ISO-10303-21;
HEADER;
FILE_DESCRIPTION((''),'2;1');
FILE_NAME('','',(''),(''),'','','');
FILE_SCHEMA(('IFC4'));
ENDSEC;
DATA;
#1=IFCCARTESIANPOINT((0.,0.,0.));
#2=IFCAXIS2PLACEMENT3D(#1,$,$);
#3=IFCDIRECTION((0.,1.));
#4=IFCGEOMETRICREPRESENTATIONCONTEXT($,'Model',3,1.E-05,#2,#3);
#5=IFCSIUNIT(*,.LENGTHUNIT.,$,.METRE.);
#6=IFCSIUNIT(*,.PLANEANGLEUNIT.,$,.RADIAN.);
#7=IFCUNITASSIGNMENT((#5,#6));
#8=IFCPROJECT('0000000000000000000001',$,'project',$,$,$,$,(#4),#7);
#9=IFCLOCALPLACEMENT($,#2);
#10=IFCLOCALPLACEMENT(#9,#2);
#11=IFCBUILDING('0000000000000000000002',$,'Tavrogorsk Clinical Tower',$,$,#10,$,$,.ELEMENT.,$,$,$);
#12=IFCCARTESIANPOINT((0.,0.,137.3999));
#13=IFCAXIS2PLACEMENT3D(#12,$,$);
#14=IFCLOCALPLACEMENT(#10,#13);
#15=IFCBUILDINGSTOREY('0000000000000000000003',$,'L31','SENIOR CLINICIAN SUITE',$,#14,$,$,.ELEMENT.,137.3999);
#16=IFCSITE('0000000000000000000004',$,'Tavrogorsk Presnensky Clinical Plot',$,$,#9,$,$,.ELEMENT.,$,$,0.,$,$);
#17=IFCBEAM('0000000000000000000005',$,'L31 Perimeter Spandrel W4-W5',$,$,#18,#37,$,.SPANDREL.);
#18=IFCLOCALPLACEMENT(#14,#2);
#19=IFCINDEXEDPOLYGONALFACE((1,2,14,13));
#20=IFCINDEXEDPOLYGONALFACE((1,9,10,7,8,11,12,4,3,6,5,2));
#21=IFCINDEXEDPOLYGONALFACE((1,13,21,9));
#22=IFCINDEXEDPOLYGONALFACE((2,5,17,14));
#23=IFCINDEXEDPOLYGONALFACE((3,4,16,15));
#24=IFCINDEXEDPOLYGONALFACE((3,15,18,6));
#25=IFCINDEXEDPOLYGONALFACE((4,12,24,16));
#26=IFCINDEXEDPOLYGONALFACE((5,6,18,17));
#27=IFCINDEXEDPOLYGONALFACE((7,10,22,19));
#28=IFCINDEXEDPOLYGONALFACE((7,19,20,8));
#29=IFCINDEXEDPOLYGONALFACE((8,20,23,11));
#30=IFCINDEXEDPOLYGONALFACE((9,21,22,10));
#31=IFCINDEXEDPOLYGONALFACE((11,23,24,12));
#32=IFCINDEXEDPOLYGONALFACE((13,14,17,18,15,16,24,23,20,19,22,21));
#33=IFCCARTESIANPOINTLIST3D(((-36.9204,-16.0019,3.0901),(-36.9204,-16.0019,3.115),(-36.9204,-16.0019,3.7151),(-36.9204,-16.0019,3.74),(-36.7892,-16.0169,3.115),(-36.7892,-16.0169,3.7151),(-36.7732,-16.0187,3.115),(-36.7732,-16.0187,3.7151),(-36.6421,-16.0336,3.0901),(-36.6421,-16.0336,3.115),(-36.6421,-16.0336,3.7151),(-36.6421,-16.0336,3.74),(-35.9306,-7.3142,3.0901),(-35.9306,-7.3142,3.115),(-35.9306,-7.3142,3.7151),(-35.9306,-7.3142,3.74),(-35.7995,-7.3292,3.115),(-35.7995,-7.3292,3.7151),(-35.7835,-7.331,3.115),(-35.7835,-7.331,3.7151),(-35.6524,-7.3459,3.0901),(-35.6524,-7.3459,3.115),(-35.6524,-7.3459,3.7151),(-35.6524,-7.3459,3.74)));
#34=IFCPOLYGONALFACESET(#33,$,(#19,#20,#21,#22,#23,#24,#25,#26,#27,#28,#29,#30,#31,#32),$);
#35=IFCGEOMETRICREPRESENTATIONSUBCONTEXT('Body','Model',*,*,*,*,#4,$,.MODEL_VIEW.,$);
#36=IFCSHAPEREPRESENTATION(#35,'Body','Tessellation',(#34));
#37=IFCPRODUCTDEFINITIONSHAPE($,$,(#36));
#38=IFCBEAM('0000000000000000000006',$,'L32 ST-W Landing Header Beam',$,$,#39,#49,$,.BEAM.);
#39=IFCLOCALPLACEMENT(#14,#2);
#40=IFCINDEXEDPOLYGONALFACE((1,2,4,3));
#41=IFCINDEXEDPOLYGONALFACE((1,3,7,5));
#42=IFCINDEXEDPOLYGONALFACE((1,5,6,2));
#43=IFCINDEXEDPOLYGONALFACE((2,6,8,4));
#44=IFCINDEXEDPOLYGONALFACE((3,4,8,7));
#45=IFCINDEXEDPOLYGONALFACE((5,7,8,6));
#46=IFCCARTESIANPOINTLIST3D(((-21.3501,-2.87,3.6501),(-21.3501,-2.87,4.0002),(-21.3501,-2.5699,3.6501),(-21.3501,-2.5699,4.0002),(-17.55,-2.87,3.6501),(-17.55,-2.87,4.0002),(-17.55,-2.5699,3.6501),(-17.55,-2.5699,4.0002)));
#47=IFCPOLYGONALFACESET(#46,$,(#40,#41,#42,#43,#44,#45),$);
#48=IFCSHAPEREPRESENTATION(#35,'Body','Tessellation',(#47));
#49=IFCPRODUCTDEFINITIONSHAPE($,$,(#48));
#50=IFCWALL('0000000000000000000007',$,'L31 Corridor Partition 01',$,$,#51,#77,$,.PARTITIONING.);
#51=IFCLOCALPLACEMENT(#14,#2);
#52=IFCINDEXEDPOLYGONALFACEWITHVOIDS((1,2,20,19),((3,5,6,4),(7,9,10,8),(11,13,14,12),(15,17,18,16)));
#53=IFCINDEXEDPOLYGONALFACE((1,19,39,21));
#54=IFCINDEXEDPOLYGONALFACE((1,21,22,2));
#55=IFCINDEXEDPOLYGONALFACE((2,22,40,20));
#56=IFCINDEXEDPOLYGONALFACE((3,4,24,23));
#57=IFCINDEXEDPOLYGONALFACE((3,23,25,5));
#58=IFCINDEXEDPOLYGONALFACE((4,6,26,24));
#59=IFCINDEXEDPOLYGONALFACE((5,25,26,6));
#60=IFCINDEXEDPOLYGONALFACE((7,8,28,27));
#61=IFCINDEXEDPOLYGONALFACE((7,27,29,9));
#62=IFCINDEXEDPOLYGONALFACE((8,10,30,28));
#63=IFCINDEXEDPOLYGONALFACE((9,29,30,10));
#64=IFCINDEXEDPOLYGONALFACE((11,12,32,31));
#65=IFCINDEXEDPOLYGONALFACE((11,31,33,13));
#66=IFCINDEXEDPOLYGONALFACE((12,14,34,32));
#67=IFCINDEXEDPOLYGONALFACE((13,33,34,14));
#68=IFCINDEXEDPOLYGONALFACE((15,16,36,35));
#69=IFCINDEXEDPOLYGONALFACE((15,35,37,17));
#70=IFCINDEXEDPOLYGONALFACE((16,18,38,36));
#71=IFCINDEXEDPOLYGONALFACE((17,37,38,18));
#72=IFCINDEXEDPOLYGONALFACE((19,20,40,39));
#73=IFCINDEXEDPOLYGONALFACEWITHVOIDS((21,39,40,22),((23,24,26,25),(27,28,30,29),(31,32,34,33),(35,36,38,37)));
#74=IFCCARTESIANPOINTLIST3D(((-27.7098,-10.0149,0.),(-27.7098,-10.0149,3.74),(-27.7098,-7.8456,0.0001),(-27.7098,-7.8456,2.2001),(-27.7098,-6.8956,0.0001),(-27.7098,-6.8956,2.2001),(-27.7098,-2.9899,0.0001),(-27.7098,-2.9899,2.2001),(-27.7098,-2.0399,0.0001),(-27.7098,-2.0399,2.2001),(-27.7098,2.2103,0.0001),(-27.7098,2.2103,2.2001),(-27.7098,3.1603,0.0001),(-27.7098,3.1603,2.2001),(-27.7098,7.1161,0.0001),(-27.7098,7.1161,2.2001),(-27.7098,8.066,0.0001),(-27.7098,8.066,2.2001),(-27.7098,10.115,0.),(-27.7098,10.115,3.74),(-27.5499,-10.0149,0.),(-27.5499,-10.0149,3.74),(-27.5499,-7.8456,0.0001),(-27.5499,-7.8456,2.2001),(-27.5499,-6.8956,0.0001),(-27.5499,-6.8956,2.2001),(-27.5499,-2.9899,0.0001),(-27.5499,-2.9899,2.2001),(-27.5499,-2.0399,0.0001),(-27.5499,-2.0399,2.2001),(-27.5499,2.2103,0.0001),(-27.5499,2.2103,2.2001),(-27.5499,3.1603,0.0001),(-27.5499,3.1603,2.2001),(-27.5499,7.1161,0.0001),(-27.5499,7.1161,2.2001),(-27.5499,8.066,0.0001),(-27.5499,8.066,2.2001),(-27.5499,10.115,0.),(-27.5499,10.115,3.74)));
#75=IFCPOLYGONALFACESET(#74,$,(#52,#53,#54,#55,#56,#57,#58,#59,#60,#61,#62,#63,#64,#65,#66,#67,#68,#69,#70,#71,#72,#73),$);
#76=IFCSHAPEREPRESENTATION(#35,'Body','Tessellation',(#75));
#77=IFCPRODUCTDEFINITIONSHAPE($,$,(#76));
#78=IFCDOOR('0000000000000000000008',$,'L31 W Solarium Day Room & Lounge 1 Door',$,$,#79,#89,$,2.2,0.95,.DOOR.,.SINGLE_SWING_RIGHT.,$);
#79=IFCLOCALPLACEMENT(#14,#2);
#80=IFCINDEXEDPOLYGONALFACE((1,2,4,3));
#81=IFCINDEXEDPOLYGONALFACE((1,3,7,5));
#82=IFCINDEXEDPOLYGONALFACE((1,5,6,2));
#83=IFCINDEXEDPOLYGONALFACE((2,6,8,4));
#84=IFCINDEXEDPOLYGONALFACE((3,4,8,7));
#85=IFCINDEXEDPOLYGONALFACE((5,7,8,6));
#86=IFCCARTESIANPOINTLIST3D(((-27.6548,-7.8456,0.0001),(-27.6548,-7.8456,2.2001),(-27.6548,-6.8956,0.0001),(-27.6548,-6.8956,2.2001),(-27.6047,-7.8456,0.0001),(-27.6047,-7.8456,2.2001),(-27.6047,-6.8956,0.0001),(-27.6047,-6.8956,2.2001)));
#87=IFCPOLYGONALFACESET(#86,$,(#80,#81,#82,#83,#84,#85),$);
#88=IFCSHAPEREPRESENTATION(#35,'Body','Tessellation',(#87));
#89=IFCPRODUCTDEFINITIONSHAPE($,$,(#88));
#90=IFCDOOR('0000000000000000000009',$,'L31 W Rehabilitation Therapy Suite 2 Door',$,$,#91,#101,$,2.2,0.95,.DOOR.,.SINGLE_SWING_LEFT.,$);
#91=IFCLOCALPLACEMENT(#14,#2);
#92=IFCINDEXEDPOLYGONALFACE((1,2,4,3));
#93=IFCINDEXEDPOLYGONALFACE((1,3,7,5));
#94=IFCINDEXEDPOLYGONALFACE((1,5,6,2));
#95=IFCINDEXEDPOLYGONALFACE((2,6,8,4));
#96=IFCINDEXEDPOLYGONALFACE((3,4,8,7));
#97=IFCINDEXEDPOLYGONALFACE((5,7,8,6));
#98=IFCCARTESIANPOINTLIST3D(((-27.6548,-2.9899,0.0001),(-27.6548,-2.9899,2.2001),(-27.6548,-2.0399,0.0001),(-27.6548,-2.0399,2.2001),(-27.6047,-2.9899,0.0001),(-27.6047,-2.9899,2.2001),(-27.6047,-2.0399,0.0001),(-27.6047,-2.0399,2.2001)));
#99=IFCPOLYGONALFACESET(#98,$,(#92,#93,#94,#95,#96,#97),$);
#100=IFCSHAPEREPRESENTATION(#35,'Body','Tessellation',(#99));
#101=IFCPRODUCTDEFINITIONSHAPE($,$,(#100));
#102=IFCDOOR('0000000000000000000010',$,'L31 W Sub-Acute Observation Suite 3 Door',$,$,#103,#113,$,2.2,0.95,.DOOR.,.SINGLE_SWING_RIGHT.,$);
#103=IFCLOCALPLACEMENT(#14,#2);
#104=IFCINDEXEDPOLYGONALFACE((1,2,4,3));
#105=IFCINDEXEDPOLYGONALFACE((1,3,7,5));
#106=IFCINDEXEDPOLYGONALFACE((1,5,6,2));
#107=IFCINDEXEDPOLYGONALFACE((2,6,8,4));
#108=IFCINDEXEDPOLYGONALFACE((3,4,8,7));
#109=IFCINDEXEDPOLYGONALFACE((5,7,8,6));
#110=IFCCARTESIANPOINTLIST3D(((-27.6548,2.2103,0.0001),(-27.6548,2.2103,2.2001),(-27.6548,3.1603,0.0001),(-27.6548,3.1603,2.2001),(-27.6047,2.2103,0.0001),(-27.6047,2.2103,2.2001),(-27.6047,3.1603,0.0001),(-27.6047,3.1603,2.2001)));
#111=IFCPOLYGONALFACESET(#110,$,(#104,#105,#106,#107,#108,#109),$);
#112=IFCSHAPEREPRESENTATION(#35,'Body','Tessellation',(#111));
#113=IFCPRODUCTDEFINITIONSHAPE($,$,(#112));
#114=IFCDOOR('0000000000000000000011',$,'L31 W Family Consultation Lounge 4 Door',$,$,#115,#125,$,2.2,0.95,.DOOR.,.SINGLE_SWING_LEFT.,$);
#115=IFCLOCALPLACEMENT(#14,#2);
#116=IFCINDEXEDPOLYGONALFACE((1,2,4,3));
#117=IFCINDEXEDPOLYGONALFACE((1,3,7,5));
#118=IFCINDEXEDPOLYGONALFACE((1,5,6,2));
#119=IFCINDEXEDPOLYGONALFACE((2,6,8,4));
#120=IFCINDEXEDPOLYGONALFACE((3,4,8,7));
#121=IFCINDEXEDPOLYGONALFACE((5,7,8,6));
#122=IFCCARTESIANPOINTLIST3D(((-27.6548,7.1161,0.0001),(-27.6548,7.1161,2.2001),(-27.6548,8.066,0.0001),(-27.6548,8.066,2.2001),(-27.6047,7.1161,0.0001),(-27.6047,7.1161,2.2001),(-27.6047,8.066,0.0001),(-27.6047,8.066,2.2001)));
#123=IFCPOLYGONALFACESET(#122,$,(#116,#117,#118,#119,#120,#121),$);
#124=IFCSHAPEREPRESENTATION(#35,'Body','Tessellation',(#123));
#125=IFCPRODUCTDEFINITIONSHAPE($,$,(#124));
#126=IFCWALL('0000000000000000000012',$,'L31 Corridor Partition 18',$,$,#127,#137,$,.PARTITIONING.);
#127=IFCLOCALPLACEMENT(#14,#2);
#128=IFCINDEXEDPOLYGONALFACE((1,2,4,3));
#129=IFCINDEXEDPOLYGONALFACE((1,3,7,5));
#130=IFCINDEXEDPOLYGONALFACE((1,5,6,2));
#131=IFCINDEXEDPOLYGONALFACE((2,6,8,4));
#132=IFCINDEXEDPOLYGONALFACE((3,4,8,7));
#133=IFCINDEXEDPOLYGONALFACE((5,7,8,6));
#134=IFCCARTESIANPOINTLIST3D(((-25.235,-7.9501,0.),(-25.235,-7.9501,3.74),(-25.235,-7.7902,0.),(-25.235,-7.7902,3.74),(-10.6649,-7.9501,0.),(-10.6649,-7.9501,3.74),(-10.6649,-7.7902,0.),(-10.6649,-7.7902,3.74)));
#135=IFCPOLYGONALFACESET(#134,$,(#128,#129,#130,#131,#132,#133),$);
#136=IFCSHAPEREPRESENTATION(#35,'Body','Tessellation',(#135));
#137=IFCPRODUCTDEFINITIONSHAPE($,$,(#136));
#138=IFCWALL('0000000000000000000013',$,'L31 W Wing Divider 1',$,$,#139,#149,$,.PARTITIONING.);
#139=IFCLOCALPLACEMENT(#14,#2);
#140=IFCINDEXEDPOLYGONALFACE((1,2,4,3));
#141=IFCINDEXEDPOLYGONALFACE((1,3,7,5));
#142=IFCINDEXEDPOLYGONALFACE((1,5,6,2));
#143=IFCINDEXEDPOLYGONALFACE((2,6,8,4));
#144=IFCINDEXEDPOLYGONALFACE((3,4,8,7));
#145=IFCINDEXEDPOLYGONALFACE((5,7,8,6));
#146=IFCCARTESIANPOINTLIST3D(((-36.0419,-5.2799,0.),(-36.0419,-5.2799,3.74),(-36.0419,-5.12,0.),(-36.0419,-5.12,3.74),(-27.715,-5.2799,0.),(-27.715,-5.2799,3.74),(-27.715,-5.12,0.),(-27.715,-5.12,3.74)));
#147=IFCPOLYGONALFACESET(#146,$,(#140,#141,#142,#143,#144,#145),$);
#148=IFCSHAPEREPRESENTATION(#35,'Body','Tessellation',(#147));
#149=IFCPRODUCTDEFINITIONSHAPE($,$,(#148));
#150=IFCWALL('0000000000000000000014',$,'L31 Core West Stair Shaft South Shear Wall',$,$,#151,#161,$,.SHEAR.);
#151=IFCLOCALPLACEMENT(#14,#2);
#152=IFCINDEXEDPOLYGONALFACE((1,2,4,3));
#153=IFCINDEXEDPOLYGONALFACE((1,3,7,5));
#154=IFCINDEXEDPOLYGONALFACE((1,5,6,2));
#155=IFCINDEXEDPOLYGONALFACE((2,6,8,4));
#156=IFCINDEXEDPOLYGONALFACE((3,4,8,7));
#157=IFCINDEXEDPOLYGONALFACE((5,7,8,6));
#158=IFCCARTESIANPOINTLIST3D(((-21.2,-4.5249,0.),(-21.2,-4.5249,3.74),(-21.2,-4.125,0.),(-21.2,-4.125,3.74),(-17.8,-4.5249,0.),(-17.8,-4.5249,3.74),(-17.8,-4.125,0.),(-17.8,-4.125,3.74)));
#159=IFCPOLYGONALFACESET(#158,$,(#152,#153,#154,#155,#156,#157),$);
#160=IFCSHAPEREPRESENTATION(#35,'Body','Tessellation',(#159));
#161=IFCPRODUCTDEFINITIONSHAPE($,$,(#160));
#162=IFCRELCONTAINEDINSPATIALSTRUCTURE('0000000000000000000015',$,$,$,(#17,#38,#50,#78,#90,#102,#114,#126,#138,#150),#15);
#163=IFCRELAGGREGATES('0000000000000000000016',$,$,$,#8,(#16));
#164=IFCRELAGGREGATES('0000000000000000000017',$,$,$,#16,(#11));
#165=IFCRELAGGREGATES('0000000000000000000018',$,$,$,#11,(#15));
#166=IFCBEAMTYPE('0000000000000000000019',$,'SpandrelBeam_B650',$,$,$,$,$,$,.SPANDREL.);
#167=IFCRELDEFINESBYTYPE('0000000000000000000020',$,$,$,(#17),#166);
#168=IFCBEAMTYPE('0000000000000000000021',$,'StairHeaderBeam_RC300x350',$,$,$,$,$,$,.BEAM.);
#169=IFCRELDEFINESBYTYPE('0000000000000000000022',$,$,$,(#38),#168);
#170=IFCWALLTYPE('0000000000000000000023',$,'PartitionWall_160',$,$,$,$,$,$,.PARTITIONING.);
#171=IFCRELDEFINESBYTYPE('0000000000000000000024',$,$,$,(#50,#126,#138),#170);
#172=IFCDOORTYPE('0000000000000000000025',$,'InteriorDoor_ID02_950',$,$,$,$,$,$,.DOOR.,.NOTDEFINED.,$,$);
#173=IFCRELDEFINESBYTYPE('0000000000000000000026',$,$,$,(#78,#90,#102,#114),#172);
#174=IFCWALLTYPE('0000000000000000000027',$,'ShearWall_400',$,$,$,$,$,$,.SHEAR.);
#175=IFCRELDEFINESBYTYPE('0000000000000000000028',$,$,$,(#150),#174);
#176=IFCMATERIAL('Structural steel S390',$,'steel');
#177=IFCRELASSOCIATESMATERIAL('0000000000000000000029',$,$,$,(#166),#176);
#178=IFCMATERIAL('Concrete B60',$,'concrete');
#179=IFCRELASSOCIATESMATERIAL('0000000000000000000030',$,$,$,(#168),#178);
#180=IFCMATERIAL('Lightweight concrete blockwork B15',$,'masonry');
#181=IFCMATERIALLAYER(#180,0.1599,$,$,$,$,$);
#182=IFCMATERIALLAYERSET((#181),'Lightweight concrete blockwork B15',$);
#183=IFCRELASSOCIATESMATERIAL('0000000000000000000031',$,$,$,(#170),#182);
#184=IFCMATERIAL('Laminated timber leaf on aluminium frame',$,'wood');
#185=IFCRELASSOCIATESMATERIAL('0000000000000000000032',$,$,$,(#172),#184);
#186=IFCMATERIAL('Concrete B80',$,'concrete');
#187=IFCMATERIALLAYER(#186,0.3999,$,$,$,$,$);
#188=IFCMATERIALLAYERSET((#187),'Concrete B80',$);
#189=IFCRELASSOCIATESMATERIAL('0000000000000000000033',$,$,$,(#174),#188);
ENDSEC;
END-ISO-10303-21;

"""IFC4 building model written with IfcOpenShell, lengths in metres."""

from ifc_helpers import new_model, si_unit, direction, frame, frame_2d, origin, origin_2d, place, context, subcontext, project, spatial, rectangle, i_section, extrude, material, layer, layer_set, material_profile, profile_set, type_object, element, fill, save


model = new_model("IFC4")

# Units and contexts
model_context = context("Model", 3, precision=1e-05, world=origin(), true_north=direction((0.0, 1.0)))
body_context = subcontext(model_context, "Body", "Model", "MODEL_VIEW")
ifc_project = project(units=[si_unit("LENGTHUNIT", "METRE"), si_unit("PLANEANGLEUNIT", "RADIAN")], contexts=[model_context])

# Site, building, storey
site_placement = place(None, origin())
site = spatial("IfcSite", under=ifc_project, at=site_placement, Name="Tavrogorsk Presnensky Clinical Plot", CompositionType="ELEMENT", RefElevation=0.0)
building_placement = place(site_placement, origin())
building = spatial("IfcBuilding", under=site, at=building_placement, Name="Tavrogorsk Clinical Tower", CompositionType="ELEMENT")
storey_placement = place(building_placement, frame((0.0, 0.0, 137.3999)))
storey = spatial("IfcBuildingStorey", under=building, at=storey_placement, Name="L31", Description="SENIOR CLINICIAN SUITE", CompositionType="ELEMENT", Elevation=137.3999)

# Beams
ifc_material_1 = material(Name="Structural steel S390", Category="steel")
ifc_material_profile_1 = material_profile(ifc_material_1, i_section(OverallWidth=0.28, OverallDepth=0.6499, WebThickness=0.0161, FlangeThickness=0.0249, at=origin_2d()), Name="B-650x280x16x25")
ifc_profile_set_1 = profile_set([ifc_material_profile_1], Name="Structural steel S390")
beam_type_1 = type_object("IfcBeamType", Name="SpandrelBeam_B650", PredefinedType="SPANDREL", material=ifc_profile_set_1)
beam_1_placement = place(storey_placement, frame((-35.7915, -7.3301, 3.415), z_axis=(-0.113192, -0.993573, 0.0), x_axis=(0.993573, -0.113192, 0.0)))
element("IfcBeam", 1, at=beam_1_placement, inside=storey, type_object=beam_type_1, Name="L31 Perimeter Spandrel W4-W5", PredefinedType="SPANDREL", context=body_context, shape_type="SweptSolid", body=[
    extrude(i_section(OverallWidth=0.28, OverallDepth=0.6499, WebThickness=0.0161, FlangeThickness=0.0249, at=origin_2d()), origin(), (0.0, 0.0, 1.0), 8.7439),
])
ifc_material_2 = material(Name="Concrete B60", Category="concrete")
ifc_material_profile_2 = material_profile(ifc_material_2, rectangle(XDim=0.3, YDim=0.3501, at=origin_2d()), Name="RC-SHB-300x350")
ifc_profile_set_2 = profile_set([ifc_material_profile_2], Name="Concrete B60")
beam_type_2 = type_object("IfcBeamType", Name="StairHeaderBeam_RC300x350", PredefinedType="BEAM", material=ifc_profile_set_2)
beam_2_placement = place(storey_placement, frame((-21.3501, -2.72, 3.8252), z_axis=(1.0, 0.0, 0.0), x_axis=(0.0, 1.0, 0.0)))
element("IfcBeam", 2, at=beam_2_placement, inside=storey, type_object=beam_type_2, Name="L32 ST-W Landing Header Beam", PredefinedType="BEAM", context=body_context, shape_type="SweptSolid", body=[
    extrude(rectangle(XDim=0.3, YDim=0.3501, at=origin_2d()), origin(), (0.0, 0.0, 1.0), 3.8),
])

# Wall, openings, doors
ifc_material_3 = material(Name="Lightweight concrete blockwork B15", Category="masonry")
ifc_layer_1 = layer(ifc_material_3, 0.1599)
ifc_layer_set_1 = layer_set([ifc_layer_1], Name="Lightweight concrete blockwork B15")
wall_type_1 = type_object("IfcWallType", Name="PartitionWall_160", PredefinedType="PARTITIONING", material=ifc_layer_set_1)
wall_1_placement = place(storey_placement, frame((-27.6299, -10.0149, 0.0), z_axis=(0.0, 0.0, 1.0), x_axis=(0.0, 1.0, 0.0)))
wall_1 = element("IfcWall", 3, at=wall_1_placement, inside=storey, type_object=wall_type_1, Name="L31 Corridor Partition 01", PredefinedType="PARTITIONING", context=body_context, shape_type="SweptSolid", body=[
    extrude(rectangle(XDim=20.1299, YDim=0.1599, at=frame_2d((10.0649, 0.0))), origin(), (0.0, 0.0, 1.0), 3.74),
])
opening_1_placement = place(wall_1_placement, frame((2.1692, 0.0, 0.0)))
opening_1 = element("IfcOpeningElement", 4, at=opening_1_placement, cuts=wall_1, PredefinedType="OPENING", context=body_context, shape_type="SweptSolid", body=[
    extrude(rectangle(XDim=0.95, YDim=2.2, at=frame_2d((0.4751, 1.1001))), frame((0.0, 0.0898, 0.0), z_axis=(0.0, -1.0, 0.0), x_axis=(1.0, 0.0, 0.0)), (0.0, 0.0, 1.0), 0.1799),
])
opening_2_placement = place(wall_1_placement, frame((7.0249, 0.0, 0.0)))
opening_2 = element("IfcOpeningElement", 5, at=opening_2_placement, cuts=wall_1, PredefinedType="OPENING", context=body_context, shape_type="SweptSolid", body=[
    extrude(rectangle(XDim=0.95, YDim=2.2, at=frame_2d((0.4751, 1.1001))), frame((0.0, 0.0898, 0.0), z_axis=(0.0, -1.0, 0.0), x_axis=(1.0, 0.0, 0.0)), (0.0, 0.0, 1.0), 0.1799),
])
opening_3_placement = place(wall_1_placement, frame((12.2251, 0.0, 0.0)))
opening_3 = element("IfcOpeningElement", 6, at=opening_3_placement, cuts=wall_1, PredefinedType="OPENING", context=body_context, shape_type="SweptSolid", body=[
    extrude(rectangle(XDim=0.95, YDim=2.2, at=frame_2d((0.4751, 1.1001))), frame((0.0, 0.0898, 0.0), z_axis=(0.0, -1.0, 0.0), x_axis=(1.0, 0.0, 0.0)), (0.0, 0.0, 1.0), 0.1799),
])
opening_4_placement = place(wall_1_placement, frame((17.1309, 0.0, 0.0)))
opening_4 = element("IfcOpeningElement", 7, at=opening_4_placement, cuts=wall_1, PredefinedType="OPENING", context=body_context, shape_type="SweptSolid", body=[
    extrude(rectangle(XDim=0.95, YDim=2.2, at=frame_2d((0.4751, 1.1001))), frame((0.0, 0.0898, 0.0), z_axis=(0.0, -1.0, 0.0), x_axis=(1.0, 0.0, 0.0)), (0.0, 0.0, 1.0), 0.1799),
])
ifc_material_4 = material(Name="Laminated timber leaf on aluminium frame", Category="wood")
door_type = type_object("IfcDoorType", Name="InteriorDoor_ID02_950", OperationType="NOTDEFINED", PredefinedType="DOOR", material=ifc_material_4)
door_1_placement = place(opening_1_placement, origin())
door_1 = element("IfcDoor", 8, at=door_1_placement, inside=storey, type_object=door_type, Name="L31 W Solarium Day Room & Lounge 1 Door", OperationType="SINGLE_SWING_RIGHT", OverallHeight=2.2, OverallWidth=0.95, PredefinedType="DOOR", context=body_context, shape_type="SweptSolid", body=[
    extrude(rectangle(XDim=0.95, YDim=2.2, at=frame_2d((0.4751, 1.1001))), frame((0.0, 0.0249, 0.0), z_axis=(0.0, -1.0, 0.0), x_axis=(1.0, 0.0, 0.0)), (0.0, 0.0, 1.0), 0.05),
])
fill(opening_1, door_1)
door_2_placement = place(opening_2_placement, origin())
door_2 = element("IfcDoor", 9, at=door_2_placement, inside=storey, type_object=door_type, Name="L31 W Rehabilitation Therapy Suite 2 Door", OperationType="SINGLE_SWING_LEFT", OverallHeight=2.2, OverallWidth=0.95, PredefinedType="DOOR", context=body_context, shape_type="SweptSolid", body=[
    extrude(rectangle(XDim=0.95, YDim=2.2, at=frame_2d((0.4751, 1.1001))), frame((0.0, 0.0249, 0.0), z_axis=(0.0, -1.0, 0.0), x_axis=(1.0, 0.0, 0.0)), (0.0, 0.0, 1.0), 0.05),
])
fill(opening_2, door_2)
door_3_placement = place(opening_3_placement, origin())
door_3 = element("IfcDoor", 10, at=door_3_placement, inside=storey, type_object=door_type, Name="L31 W Sub-Acute Observation Suite 3 Door", OperationType="SINGLE_SWING_RIGHT", OverallHeight=2.2, OverallWidth=0.95, PredefinedType="DOOR", context=body_context, shape_type="SweptSolid", body=[
    extrude(rectangle(XDim=0.95, YDim=2.2, at=frame_2d((0.4751, 1.1001))), frame((0.0, 0.0249, 0.0), z_axis=(0.0, -1.0, 0.0), x_axis=(1.0, 0.0, 0.0)), (0.0, 0.0, 1.0), 0.05),
])
fill(opening_3, door_3)
door_4_placement = place(opening_4_placement, origin())
door_4 = element("IfcDoor", 11, at=door_4_placement, inside=storey, type_object=door_type, Name="L31 W Family Consultation Lounge 4 Door", OperationType="SINGLE_SWING_LEFT", OverallHeight=2.2, OverallWidth=0.95, PredefinedType="DOOR", context=body_context, shape_type="SweptSolid", body=[
    extrude(rectangle(XDim=0.95, YDim=2.2, at=frame_2d((0.4751, 1.1001))), frame((0.0, 0.0249, 0.0), z_axis=(0.0, -1.0, 0.0), x_axis=(1.0, 0.0, 0.0)), (0.0, 0.0, 1.0), 0.05),
])
fill(opening_4, door_4)

# Walls
wall_2_placement = place(storey_placement, frame((-25.2351, -7.8701, 0.0), z_axis=(0.0, 0.0, 1.0), x_axis=(1.0, 0.0, 0.0)))
element("IfcWall", 12, at=wall_2_placement, inside=storey, type_object=wall_type_1, Name="L31 Corridor Partition 18", PredefinedType="PARTITIONING", context=body_context, shape_type="SweptSolid", body=[
    extrude(rectangle(XDim=14.5701, YDim=0.1599, at=frame_2d((7.2852, 0.0))), origin(), (0.0, 0.0, 1.0), 3.74),
])
wall_3_placement = place(storey_placement, frame((-36.042, -5.2, 0.0), z_axis=(0.0, 0.0, 1.0), x_axis=(1.0, 0.0, 0.0)))
element("IfcWall", 13, at=wall_3_placement, inside=storey, type_object=wall_type_1, Name="L31 W Wing Divider 1", PredefinedType="PARTITIONING", context=body_context, shape_type="SweptSolid", body=[
    extrude(rectangle(XDim=8.3269, YDim=0.1599, at=frame_2d((4.1636, 0.0))), origin(), (0.0, 0.0, 1.0), 3.74),
])
ifc_material_5 = material(Name="Concrete B80", Category="concrete")
ifc_layer_2 = layer(ifc_material_5, 0.3999)
ifc_layer_set_2 = layer_set([ifc_layer_2], Name="Concrete B80")
wall_type_2 = type_object("IfcWallType", Name="ShearWall_400", PredefinedType="SHEAR", material=ifc_layer_set_2)
wall_4_placement = place(storey_placement, frame((-21.2, -4.325, 0.0), z_axis=(0.0, 0.0, 1.0), x_axis=(1.0, 0.0, 0.0)))
element("IfcWall", 14, at=wall_4_placement, inside=storey, type_object=wall_type_2, Name="L31 Core West Stair Shaft South Shear Wall", PredefinedType="SHEAR", context=body_context, shape_type="SweptSolid", body=[
    extrude(rectangle(XDim=3.3999, YDim=0.3999, at=frame_2d((1.7, 0.0))), origin(), (0.0, 0.0, 1.0), 3.74),
])

save(model, "model.ifc")
